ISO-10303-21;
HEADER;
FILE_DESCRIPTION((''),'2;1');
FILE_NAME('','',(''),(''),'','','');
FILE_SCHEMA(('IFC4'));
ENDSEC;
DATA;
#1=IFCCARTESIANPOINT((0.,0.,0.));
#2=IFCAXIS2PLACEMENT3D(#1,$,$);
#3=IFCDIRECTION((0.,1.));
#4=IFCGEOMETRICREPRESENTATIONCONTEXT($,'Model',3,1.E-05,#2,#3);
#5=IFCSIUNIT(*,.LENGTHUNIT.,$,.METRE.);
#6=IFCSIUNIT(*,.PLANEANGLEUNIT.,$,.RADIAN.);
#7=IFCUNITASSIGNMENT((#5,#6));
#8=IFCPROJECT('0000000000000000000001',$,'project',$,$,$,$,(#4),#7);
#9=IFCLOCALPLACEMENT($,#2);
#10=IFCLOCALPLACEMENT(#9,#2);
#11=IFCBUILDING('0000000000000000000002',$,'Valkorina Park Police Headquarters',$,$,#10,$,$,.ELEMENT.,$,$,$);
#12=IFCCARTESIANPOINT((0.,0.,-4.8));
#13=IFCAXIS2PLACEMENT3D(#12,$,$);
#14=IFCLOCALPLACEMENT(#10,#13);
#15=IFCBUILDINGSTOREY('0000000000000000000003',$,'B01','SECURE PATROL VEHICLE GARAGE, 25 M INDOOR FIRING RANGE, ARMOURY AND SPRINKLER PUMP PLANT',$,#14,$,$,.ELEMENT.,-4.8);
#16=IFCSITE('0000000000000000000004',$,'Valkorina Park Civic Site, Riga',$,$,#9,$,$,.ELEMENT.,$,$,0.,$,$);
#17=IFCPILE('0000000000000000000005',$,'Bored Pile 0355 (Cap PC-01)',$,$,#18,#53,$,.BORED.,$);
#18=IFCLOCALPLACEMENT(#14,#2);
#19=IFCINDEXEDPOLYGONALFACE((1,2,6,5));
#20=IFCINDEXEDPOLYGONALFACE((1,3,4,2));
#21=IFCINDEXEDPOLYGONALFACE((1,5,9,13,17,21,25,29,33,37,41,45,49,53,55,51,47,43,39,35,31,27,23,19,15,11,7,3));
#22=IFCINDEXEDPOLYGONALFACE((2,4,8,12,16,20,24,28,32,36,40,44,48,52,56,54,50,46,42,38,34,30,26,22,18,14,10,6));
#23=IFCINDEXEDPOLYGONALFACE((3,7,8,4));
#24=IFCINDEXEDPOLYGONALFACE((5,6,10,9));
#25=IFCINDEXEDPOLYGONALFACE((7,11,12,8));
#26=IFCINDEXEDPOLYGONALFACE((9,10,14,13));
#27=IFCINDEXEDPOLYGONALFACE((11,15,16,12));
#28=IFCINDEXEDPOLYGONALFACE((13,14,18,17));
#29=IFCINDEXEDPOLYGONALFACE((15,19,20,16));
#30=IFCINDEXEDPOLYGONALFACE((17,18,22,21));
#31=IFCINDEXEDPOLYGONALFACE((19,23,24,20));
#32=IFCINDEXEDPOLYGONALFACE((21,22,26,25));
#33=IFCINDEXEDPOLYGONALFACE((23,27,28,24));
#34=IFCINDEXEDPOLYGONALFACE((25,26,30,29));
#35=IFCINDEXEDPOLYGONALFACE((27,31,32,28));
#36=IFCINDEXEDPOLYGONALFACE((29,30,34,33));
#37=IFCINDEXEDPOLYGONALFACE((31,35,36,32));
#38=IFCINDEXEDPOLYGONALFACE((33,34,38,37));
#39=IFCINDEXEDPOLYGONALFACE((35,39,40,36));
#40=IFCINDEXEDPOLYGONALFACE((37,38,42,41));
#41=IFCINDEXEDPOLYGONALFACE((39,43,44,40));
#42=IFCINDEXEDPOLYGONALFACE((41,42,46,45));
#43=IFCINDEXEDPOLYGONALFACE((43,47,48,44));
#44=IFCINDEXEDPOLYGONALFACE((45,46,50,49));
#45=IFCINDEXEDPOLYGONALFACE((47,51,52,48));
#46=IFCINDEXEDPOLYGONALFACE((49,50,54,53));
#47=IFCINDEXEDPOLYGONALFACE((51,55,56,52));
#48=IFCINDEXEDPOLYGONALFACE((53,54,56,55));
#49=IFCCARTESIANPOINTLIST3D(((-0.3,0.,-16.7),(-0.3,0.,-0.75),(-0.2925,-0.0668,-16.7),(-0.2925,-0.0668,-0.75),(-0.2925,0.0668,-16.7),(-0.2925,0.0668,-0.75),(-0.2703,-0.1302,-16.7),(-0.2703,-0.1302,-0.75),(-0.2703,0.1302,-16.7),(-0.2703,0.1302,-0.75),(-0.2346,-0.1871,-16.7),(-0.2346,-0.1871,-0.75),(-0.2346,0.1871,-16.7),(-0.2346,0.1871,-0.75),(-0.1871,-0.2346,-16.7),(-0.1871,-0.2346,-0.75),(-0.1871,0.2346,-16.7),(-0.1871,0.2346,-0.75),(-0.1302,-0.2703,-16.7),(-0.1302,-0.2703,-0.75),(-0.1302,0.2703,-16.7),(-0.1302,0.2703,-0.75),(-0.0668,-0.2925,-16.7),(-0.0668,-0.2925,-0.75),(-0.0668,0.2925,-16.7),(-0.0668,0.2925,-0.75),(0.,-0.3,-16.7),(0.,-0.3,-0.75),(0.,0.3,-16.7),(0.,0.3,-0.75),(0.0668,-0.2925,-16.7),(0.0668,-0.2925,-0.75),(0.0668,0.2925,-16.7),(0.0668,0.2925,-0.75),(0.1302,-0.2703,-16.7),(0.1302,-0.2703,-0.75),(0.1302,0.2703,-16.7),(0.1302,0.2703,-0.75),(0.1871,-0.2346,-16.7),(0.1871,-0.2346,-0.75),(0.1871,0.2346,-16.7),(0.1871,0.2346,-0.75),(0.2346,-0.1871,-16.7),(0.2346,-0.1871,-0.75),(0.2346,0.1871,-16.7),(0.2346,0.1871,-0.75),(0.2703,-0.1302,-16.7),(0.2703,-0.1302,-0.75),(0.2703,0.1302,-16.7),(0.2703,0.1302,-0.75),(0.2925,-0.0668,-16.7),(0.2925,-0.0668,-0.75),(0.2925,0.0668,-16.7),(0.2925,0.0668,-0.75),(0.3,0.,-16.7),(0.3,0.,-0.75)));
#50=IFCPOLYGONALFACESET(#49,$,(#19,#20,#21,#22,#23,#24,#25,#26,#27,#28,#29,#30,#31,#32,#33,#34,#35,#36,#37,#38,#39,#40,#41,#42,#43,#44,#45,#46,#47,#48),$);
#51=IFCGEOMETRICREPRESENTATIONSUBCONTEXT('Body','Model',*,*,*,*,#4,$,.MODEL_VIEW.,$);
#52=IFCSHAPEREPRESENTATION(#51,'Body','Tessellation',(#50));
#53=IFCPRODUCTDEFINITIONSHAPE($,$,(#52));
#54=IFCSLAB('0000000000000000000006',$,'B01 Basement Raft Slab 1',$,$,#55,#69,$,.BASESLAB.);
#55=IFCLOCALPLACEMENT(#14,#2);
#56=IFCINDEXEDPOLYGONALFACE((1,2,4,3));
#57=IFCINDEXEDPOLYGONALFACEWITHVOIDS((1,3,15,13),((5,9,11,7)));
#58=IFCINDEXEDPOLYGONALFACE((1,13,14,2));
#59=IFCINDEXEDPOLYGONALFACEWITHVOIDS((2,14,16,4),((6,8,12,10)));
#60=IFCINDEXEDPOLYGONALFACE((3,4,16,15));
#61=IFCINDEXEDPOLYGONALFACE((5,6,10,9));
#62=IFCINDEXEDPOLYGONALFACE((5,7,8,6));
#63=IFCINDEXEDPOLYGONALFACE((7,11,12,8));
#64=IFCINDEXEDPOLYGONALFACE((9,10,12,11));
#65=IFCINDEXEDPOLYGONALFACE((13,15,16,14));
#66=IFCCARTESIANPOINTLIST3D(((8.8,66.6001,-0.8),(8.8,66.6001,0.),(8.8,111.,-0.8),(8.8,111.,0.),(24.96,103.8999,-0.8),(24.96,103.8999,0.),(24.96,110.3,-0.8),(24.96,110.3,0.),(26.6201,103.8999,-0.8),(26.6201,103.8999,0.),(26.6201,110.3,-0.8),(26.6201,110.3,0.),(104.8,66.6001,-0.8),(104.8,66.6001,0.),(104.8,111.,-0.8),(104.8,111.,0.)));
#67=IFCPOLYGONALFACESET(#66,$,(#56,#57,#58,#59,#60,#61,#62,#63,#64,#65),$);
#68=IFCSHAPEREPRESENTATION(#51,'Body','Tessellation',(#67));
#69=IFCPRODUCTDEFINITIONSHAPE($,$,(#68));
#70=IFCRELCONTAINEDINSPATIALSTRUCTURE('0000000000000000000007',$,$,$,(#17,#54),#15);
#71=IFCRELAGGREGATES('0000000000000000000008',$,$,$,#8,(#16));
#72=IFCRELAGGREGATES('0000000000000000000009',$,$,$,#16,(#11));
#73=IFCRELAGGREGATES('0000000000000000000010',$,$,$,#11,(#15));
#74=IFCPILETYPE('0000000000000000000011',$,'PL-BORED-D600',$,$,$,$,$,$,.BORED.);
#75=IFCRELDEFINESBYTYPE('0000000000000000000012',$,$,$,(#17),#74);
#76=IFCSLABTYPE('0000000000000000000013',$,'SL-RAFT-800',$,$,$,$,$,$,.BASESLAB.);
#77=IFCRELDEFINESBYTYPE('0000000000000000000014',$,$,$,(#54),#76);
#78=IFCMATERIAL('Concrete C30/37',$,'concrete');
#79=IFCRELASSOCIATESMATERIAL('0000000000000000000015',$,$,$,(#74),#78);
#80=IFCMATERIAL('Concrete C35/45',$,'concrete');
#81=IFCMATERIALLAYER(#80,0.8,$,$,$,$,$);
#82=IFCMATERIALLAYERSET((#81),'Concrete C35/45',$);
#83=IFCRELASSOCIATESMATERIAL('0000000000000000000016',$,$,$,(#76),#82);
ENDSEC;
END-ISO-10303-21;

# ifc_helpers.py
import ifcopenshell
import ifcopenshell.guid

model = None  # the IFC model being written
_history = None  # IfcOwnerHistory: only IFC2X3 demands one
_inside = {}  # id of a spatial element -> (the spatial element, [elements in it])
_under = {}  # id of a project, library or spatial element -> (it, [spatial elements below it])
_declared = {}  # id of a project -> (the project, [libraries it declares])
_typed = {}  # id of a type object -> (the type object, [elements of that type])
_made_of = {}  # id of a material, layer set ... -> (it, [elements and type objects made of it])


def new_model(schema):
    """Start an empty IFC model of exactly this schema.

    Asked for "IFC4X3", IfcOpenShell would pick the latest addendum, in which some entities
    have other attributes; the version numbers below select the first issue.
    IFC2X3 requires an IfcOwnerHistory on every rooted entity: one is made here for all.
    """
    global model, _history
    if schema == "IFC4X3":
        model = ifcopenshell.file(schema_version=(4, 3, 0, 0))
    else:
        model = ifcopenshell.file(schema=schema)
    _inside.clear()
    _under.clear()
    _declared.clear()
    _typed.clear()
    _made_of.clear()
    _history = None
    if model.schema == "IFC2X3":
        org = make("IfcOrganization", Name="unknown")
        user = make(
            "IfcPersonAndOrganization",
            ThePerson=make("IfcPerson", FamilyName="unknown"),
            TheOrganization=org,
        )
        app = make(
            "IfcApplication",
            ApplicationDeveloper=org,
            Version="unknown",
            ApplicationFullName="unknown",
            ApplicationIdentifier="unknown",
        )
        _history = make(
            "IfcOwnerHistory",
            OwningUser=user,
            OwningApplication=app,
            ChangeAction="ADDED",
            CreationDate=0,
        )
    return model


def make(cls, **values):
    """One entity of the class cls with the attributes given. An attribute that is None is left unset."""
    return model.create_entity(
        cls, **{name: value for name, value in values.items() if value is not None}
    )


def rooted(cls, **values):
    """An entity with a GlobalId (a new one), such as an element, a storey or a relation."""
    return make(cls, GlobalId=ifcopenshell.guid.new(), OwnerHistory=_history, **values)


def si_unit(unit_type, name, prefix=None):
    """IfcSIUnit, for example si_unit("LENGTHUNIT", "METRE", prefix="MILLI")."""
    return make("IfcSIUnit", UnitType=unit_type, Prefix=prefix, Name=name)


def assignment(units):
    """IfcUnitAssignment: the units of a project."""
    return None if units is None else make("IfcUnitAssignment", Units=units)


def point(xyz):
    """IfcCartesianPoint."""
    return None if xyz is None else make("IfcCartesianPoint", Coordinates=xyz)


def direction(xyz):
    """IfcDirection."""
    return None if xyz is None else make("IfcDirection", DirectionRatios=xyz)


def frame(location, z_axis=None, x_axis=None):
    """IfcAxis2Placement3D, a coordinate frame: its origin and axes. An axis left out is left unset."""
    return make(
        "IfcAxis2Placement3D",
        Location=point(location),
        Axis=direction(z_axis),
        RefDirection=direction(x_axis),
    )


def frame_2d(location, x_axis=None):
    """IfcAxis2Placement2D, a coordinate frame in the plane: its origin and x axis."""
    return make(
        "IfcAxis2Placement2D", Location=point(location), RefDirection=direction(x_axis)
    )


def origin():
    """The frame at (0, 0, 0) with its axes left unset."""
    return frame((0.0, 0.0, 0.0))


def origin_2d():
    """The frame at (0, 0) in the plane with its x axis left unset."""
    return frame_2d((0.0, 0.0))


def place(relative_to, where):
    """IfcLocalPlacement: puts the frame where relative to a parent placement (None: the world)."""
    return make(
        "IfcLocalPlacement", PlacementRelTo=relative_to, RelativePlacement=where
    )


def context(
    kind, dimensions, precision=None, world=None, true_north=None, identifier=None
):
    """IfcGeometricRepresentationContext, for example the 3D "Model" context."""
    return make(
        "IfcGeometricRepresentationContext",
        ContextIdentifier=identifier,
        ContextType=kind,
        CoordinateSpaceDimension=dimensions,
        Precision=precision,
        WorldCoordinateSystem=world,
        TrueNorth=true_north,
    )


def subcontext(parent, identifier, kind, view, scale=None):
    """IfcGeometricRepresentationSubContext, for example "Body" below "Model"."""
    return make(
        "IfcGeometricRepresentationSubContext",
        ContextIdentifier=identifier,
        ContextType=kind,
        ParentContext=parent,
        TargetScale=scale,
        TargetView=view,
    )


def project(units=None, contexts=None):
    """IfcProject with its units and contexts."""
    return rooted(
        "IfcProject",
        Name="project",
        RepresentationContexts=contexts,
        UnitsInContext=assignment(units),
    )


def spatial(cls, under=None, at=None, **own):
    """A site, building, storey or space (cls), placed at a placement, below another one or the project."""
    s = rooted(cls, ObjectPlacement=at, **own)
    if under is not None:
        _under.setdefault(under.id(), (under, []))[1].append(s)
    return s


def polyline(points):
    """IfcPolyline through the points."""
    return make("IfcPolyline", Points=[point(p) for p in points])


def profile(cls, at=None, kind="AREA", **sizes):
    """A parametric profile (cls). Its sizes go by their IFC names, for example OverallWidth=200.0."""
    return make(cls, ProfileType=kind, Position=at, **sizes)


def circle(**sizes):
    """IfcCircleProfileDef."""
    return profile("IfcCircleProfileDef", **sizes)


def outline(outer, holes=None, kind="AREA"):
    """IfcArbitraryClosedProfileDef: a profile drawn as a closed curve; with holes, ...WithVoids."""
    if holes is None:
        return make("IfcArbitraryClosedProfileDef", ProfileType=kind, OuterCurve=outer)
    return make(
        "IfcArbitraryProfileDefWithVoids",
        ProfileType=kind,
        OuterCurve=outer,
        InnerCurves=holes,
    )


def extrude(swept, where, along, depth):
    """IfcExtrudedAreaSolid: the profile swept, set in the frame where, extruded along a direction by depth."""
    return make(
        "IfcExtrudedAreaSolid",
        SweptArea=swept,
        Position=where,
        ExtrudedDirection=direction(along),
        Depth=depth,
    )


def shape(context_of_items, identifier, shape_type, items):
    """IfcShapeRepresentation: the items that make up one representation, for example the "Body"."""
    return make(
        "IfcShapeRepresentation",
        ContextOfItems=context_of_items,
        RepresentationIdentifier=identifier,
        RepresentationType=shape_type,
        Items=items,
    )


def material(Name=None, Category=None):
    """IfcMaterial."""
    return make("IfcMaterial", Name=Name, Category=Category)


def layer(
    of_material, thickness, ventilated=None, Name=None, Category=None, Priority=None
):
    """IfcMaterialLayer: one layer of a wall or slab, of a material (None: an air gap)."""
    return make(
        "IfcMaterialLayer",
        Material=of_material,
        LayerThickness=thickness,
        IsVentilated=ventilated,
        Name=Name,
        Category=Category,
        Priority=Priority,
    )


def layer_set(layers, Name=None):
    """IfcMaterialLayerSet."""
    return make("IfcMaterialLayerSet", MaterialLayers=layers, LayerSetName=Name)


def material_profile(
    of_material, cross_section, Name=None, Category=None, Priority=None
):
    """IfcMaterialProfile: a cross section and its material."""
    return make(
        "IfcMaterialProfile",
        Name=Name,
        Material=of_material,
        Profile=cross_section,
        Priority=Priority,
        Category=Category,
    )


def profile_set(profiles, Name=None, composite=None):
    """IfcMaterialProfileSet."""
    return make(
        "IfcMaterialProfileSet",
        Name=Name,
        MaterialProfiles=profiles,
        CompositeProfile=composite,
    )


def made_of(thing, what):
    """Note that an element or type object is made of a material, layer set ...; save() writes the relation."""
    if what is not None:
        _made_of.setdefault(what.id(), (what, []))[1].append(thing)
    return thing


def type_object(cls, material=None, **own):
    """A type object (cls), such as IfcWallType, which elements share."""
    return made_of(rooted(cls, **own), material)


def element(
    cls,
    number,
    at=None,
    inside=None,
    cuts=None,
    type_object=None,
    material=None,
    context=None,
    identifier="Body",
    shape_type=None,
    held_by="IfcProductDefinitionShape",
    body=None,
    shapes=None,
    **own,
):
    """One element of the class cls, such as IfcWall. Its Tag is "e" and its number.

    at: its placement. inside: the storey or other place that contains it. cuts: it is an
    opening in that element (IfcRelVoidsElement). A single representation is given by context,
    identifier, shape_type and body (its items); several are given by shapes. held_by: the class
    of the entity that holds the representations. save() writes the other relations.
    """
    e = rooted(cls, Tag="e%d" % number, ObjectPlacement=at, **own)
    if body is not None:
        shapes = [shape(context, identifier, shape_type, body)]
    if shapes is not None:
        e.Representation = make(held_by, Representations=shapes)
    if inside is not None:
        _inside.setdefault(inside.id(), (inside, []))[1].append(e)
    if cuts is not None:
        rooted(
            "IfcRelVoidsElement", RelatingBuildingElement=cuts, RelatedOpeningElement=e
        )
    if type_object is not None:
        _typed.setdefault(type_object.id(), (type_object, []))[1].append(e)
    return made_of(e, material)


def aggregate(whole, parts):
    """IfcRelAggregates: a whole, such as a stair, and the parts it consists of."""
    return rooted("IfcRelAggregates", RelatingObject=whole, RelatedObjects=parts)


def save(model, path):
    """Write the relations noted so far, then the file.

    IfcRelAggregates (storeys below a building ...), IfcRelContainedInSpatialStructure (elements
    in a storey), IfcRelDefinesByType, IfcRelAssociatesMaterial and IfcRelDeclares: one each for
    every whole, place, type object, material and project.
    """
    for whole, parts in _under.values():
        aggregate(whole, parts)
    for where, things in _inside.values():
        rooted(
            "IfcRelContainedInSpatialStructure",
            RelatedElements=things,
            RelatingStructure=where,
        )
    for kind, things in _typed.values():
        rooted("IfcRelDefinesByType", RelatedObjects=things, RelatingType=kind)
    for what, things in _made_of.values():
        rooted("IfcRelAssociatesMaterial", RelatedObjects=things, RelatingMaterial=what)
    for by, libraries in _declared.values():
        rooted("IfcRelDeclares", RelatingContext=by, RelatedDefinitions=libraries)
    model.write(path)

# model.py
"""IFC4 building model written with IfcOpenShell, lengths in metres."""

from ifc_helpers import new_model, si_unit, direction, frame, origin, origin_2d, place, context, subcontext, project, spatial, polyline, circle, outline, extrude, material, layer, layer_set, material_profile, profile_set, type_object, element, save


model = new_model("IFC4")

# Units and contexts
model_context = context("Model", 3, precision=1e-05, world=origin(), true_north=direction((0.0, 1.0)))
body_context = subcontext(model_context, "Body", "Model", "MODEL_VIEW")
ifc_project = project(units=[si_unit("LENGTHUNIT", "METRE"), si_unit("PLANEANGLEUNIT", "RADIAN")], contexts=[model_context])

# Site, building, storey
site_placement = place(None, origin())
site = spatial("IfcSite", under=ifc_project, at=site_placement, Name="Valkorina Park Civic Site, Riga", CompositionType="ELEMENT", RefElevation=0.0)
building_placement = place(site_placement, origin())
building = spatial("IfcBuilding", under=site, at=building_placement, Name="Valkorina Park Police Headquarters", CompositionType="ELEMENT")
storey_placement = place(building_placement, frame((0.0, 0.0, -4.8)))
storey = spatial("IfcBuildingStorey", under=building, at=storey_placement, Name="B01", Description="SECURE PATROL VEHICLE GARAGE, 25 M INDOOR FIRING RANGE, ARMOURY AND SPRINKLER PUMP PLANT", CompositionType="ELEMENT", Elevation=-4.8)

# Shared definitions
ifc_material_1 = material(Name="Concrete C30/37", Category="concrete")
ifc_material_2 = material(Name="Concrete C35/45", Category="concrete")

# Pile
ifc_material_profile_1 = material_profile(ifc_material_1, circle(Radius=0.3, at=origin_2d()), Name="BORED PILE D600")
ifc_profile_set_1 = profile_set([ifc_material_profile_1], Name="Concrete C30/37")
pile_type = type_object("IfcPileType", Name="PL-BORED-D600", PredefinedType="BORED", material=ifc_profile_set_1)
pile_placement = place(storey_placement, frame((0.0, 0.0, -0.75), z_axis=(0.0, 0.0, -1.0), x_axis=(1.0, 0.0, 0.0)))
element("IfcPile", 1, at=pile_placement, inside=storey, type_object=pile_type, Name="Bored Pile 0355 (Cap PC-01)", PredefinedType="BORED", context=body_context, shape_type="SweptSolid", body=[
    extrude(circle(Radius=0.3, at=origin_2d()), origin(), (0.0, 0.0, 1.0), 15.95),
])

# Slab
ifc_layer = layer(ifc_material_2, 0.8)
ifc_layer_set = layer_set([ifc_layer], Name="Concrete C35/45")
slab_type = type_object("IfcSlabType", Name="SL-RAFT-800", PredefinedType="BASESLAB", material=ifc_layer_set)
slab_placement = place(storey_placement, frame((0.0, 0.0, -0.8)))
element("IfcSlab", 2, at=slab_placement, inside=storey, type_object=slab_type, Name="B01 Basement Raft Slab 1", PredefinedType="BASESLAB", context=body_context, shape_type="SweptSolid", body=[
    extrude(outline(polyline([(104.8, 66.6001), (104.8, 111.0), (8.8, 111.0), (8.8, 66.6001), (104.8, 66.6001)]), holes=[polyline([(26.6201, 103.8999), (24.96, 103.8999), (24.96, 110.3), (26.6201, 110.3), (26.6201, 103.8999)])]), origin(), (0.0, 0.0, 1.0), 0.8),
])

save(model, "model.ifc")
